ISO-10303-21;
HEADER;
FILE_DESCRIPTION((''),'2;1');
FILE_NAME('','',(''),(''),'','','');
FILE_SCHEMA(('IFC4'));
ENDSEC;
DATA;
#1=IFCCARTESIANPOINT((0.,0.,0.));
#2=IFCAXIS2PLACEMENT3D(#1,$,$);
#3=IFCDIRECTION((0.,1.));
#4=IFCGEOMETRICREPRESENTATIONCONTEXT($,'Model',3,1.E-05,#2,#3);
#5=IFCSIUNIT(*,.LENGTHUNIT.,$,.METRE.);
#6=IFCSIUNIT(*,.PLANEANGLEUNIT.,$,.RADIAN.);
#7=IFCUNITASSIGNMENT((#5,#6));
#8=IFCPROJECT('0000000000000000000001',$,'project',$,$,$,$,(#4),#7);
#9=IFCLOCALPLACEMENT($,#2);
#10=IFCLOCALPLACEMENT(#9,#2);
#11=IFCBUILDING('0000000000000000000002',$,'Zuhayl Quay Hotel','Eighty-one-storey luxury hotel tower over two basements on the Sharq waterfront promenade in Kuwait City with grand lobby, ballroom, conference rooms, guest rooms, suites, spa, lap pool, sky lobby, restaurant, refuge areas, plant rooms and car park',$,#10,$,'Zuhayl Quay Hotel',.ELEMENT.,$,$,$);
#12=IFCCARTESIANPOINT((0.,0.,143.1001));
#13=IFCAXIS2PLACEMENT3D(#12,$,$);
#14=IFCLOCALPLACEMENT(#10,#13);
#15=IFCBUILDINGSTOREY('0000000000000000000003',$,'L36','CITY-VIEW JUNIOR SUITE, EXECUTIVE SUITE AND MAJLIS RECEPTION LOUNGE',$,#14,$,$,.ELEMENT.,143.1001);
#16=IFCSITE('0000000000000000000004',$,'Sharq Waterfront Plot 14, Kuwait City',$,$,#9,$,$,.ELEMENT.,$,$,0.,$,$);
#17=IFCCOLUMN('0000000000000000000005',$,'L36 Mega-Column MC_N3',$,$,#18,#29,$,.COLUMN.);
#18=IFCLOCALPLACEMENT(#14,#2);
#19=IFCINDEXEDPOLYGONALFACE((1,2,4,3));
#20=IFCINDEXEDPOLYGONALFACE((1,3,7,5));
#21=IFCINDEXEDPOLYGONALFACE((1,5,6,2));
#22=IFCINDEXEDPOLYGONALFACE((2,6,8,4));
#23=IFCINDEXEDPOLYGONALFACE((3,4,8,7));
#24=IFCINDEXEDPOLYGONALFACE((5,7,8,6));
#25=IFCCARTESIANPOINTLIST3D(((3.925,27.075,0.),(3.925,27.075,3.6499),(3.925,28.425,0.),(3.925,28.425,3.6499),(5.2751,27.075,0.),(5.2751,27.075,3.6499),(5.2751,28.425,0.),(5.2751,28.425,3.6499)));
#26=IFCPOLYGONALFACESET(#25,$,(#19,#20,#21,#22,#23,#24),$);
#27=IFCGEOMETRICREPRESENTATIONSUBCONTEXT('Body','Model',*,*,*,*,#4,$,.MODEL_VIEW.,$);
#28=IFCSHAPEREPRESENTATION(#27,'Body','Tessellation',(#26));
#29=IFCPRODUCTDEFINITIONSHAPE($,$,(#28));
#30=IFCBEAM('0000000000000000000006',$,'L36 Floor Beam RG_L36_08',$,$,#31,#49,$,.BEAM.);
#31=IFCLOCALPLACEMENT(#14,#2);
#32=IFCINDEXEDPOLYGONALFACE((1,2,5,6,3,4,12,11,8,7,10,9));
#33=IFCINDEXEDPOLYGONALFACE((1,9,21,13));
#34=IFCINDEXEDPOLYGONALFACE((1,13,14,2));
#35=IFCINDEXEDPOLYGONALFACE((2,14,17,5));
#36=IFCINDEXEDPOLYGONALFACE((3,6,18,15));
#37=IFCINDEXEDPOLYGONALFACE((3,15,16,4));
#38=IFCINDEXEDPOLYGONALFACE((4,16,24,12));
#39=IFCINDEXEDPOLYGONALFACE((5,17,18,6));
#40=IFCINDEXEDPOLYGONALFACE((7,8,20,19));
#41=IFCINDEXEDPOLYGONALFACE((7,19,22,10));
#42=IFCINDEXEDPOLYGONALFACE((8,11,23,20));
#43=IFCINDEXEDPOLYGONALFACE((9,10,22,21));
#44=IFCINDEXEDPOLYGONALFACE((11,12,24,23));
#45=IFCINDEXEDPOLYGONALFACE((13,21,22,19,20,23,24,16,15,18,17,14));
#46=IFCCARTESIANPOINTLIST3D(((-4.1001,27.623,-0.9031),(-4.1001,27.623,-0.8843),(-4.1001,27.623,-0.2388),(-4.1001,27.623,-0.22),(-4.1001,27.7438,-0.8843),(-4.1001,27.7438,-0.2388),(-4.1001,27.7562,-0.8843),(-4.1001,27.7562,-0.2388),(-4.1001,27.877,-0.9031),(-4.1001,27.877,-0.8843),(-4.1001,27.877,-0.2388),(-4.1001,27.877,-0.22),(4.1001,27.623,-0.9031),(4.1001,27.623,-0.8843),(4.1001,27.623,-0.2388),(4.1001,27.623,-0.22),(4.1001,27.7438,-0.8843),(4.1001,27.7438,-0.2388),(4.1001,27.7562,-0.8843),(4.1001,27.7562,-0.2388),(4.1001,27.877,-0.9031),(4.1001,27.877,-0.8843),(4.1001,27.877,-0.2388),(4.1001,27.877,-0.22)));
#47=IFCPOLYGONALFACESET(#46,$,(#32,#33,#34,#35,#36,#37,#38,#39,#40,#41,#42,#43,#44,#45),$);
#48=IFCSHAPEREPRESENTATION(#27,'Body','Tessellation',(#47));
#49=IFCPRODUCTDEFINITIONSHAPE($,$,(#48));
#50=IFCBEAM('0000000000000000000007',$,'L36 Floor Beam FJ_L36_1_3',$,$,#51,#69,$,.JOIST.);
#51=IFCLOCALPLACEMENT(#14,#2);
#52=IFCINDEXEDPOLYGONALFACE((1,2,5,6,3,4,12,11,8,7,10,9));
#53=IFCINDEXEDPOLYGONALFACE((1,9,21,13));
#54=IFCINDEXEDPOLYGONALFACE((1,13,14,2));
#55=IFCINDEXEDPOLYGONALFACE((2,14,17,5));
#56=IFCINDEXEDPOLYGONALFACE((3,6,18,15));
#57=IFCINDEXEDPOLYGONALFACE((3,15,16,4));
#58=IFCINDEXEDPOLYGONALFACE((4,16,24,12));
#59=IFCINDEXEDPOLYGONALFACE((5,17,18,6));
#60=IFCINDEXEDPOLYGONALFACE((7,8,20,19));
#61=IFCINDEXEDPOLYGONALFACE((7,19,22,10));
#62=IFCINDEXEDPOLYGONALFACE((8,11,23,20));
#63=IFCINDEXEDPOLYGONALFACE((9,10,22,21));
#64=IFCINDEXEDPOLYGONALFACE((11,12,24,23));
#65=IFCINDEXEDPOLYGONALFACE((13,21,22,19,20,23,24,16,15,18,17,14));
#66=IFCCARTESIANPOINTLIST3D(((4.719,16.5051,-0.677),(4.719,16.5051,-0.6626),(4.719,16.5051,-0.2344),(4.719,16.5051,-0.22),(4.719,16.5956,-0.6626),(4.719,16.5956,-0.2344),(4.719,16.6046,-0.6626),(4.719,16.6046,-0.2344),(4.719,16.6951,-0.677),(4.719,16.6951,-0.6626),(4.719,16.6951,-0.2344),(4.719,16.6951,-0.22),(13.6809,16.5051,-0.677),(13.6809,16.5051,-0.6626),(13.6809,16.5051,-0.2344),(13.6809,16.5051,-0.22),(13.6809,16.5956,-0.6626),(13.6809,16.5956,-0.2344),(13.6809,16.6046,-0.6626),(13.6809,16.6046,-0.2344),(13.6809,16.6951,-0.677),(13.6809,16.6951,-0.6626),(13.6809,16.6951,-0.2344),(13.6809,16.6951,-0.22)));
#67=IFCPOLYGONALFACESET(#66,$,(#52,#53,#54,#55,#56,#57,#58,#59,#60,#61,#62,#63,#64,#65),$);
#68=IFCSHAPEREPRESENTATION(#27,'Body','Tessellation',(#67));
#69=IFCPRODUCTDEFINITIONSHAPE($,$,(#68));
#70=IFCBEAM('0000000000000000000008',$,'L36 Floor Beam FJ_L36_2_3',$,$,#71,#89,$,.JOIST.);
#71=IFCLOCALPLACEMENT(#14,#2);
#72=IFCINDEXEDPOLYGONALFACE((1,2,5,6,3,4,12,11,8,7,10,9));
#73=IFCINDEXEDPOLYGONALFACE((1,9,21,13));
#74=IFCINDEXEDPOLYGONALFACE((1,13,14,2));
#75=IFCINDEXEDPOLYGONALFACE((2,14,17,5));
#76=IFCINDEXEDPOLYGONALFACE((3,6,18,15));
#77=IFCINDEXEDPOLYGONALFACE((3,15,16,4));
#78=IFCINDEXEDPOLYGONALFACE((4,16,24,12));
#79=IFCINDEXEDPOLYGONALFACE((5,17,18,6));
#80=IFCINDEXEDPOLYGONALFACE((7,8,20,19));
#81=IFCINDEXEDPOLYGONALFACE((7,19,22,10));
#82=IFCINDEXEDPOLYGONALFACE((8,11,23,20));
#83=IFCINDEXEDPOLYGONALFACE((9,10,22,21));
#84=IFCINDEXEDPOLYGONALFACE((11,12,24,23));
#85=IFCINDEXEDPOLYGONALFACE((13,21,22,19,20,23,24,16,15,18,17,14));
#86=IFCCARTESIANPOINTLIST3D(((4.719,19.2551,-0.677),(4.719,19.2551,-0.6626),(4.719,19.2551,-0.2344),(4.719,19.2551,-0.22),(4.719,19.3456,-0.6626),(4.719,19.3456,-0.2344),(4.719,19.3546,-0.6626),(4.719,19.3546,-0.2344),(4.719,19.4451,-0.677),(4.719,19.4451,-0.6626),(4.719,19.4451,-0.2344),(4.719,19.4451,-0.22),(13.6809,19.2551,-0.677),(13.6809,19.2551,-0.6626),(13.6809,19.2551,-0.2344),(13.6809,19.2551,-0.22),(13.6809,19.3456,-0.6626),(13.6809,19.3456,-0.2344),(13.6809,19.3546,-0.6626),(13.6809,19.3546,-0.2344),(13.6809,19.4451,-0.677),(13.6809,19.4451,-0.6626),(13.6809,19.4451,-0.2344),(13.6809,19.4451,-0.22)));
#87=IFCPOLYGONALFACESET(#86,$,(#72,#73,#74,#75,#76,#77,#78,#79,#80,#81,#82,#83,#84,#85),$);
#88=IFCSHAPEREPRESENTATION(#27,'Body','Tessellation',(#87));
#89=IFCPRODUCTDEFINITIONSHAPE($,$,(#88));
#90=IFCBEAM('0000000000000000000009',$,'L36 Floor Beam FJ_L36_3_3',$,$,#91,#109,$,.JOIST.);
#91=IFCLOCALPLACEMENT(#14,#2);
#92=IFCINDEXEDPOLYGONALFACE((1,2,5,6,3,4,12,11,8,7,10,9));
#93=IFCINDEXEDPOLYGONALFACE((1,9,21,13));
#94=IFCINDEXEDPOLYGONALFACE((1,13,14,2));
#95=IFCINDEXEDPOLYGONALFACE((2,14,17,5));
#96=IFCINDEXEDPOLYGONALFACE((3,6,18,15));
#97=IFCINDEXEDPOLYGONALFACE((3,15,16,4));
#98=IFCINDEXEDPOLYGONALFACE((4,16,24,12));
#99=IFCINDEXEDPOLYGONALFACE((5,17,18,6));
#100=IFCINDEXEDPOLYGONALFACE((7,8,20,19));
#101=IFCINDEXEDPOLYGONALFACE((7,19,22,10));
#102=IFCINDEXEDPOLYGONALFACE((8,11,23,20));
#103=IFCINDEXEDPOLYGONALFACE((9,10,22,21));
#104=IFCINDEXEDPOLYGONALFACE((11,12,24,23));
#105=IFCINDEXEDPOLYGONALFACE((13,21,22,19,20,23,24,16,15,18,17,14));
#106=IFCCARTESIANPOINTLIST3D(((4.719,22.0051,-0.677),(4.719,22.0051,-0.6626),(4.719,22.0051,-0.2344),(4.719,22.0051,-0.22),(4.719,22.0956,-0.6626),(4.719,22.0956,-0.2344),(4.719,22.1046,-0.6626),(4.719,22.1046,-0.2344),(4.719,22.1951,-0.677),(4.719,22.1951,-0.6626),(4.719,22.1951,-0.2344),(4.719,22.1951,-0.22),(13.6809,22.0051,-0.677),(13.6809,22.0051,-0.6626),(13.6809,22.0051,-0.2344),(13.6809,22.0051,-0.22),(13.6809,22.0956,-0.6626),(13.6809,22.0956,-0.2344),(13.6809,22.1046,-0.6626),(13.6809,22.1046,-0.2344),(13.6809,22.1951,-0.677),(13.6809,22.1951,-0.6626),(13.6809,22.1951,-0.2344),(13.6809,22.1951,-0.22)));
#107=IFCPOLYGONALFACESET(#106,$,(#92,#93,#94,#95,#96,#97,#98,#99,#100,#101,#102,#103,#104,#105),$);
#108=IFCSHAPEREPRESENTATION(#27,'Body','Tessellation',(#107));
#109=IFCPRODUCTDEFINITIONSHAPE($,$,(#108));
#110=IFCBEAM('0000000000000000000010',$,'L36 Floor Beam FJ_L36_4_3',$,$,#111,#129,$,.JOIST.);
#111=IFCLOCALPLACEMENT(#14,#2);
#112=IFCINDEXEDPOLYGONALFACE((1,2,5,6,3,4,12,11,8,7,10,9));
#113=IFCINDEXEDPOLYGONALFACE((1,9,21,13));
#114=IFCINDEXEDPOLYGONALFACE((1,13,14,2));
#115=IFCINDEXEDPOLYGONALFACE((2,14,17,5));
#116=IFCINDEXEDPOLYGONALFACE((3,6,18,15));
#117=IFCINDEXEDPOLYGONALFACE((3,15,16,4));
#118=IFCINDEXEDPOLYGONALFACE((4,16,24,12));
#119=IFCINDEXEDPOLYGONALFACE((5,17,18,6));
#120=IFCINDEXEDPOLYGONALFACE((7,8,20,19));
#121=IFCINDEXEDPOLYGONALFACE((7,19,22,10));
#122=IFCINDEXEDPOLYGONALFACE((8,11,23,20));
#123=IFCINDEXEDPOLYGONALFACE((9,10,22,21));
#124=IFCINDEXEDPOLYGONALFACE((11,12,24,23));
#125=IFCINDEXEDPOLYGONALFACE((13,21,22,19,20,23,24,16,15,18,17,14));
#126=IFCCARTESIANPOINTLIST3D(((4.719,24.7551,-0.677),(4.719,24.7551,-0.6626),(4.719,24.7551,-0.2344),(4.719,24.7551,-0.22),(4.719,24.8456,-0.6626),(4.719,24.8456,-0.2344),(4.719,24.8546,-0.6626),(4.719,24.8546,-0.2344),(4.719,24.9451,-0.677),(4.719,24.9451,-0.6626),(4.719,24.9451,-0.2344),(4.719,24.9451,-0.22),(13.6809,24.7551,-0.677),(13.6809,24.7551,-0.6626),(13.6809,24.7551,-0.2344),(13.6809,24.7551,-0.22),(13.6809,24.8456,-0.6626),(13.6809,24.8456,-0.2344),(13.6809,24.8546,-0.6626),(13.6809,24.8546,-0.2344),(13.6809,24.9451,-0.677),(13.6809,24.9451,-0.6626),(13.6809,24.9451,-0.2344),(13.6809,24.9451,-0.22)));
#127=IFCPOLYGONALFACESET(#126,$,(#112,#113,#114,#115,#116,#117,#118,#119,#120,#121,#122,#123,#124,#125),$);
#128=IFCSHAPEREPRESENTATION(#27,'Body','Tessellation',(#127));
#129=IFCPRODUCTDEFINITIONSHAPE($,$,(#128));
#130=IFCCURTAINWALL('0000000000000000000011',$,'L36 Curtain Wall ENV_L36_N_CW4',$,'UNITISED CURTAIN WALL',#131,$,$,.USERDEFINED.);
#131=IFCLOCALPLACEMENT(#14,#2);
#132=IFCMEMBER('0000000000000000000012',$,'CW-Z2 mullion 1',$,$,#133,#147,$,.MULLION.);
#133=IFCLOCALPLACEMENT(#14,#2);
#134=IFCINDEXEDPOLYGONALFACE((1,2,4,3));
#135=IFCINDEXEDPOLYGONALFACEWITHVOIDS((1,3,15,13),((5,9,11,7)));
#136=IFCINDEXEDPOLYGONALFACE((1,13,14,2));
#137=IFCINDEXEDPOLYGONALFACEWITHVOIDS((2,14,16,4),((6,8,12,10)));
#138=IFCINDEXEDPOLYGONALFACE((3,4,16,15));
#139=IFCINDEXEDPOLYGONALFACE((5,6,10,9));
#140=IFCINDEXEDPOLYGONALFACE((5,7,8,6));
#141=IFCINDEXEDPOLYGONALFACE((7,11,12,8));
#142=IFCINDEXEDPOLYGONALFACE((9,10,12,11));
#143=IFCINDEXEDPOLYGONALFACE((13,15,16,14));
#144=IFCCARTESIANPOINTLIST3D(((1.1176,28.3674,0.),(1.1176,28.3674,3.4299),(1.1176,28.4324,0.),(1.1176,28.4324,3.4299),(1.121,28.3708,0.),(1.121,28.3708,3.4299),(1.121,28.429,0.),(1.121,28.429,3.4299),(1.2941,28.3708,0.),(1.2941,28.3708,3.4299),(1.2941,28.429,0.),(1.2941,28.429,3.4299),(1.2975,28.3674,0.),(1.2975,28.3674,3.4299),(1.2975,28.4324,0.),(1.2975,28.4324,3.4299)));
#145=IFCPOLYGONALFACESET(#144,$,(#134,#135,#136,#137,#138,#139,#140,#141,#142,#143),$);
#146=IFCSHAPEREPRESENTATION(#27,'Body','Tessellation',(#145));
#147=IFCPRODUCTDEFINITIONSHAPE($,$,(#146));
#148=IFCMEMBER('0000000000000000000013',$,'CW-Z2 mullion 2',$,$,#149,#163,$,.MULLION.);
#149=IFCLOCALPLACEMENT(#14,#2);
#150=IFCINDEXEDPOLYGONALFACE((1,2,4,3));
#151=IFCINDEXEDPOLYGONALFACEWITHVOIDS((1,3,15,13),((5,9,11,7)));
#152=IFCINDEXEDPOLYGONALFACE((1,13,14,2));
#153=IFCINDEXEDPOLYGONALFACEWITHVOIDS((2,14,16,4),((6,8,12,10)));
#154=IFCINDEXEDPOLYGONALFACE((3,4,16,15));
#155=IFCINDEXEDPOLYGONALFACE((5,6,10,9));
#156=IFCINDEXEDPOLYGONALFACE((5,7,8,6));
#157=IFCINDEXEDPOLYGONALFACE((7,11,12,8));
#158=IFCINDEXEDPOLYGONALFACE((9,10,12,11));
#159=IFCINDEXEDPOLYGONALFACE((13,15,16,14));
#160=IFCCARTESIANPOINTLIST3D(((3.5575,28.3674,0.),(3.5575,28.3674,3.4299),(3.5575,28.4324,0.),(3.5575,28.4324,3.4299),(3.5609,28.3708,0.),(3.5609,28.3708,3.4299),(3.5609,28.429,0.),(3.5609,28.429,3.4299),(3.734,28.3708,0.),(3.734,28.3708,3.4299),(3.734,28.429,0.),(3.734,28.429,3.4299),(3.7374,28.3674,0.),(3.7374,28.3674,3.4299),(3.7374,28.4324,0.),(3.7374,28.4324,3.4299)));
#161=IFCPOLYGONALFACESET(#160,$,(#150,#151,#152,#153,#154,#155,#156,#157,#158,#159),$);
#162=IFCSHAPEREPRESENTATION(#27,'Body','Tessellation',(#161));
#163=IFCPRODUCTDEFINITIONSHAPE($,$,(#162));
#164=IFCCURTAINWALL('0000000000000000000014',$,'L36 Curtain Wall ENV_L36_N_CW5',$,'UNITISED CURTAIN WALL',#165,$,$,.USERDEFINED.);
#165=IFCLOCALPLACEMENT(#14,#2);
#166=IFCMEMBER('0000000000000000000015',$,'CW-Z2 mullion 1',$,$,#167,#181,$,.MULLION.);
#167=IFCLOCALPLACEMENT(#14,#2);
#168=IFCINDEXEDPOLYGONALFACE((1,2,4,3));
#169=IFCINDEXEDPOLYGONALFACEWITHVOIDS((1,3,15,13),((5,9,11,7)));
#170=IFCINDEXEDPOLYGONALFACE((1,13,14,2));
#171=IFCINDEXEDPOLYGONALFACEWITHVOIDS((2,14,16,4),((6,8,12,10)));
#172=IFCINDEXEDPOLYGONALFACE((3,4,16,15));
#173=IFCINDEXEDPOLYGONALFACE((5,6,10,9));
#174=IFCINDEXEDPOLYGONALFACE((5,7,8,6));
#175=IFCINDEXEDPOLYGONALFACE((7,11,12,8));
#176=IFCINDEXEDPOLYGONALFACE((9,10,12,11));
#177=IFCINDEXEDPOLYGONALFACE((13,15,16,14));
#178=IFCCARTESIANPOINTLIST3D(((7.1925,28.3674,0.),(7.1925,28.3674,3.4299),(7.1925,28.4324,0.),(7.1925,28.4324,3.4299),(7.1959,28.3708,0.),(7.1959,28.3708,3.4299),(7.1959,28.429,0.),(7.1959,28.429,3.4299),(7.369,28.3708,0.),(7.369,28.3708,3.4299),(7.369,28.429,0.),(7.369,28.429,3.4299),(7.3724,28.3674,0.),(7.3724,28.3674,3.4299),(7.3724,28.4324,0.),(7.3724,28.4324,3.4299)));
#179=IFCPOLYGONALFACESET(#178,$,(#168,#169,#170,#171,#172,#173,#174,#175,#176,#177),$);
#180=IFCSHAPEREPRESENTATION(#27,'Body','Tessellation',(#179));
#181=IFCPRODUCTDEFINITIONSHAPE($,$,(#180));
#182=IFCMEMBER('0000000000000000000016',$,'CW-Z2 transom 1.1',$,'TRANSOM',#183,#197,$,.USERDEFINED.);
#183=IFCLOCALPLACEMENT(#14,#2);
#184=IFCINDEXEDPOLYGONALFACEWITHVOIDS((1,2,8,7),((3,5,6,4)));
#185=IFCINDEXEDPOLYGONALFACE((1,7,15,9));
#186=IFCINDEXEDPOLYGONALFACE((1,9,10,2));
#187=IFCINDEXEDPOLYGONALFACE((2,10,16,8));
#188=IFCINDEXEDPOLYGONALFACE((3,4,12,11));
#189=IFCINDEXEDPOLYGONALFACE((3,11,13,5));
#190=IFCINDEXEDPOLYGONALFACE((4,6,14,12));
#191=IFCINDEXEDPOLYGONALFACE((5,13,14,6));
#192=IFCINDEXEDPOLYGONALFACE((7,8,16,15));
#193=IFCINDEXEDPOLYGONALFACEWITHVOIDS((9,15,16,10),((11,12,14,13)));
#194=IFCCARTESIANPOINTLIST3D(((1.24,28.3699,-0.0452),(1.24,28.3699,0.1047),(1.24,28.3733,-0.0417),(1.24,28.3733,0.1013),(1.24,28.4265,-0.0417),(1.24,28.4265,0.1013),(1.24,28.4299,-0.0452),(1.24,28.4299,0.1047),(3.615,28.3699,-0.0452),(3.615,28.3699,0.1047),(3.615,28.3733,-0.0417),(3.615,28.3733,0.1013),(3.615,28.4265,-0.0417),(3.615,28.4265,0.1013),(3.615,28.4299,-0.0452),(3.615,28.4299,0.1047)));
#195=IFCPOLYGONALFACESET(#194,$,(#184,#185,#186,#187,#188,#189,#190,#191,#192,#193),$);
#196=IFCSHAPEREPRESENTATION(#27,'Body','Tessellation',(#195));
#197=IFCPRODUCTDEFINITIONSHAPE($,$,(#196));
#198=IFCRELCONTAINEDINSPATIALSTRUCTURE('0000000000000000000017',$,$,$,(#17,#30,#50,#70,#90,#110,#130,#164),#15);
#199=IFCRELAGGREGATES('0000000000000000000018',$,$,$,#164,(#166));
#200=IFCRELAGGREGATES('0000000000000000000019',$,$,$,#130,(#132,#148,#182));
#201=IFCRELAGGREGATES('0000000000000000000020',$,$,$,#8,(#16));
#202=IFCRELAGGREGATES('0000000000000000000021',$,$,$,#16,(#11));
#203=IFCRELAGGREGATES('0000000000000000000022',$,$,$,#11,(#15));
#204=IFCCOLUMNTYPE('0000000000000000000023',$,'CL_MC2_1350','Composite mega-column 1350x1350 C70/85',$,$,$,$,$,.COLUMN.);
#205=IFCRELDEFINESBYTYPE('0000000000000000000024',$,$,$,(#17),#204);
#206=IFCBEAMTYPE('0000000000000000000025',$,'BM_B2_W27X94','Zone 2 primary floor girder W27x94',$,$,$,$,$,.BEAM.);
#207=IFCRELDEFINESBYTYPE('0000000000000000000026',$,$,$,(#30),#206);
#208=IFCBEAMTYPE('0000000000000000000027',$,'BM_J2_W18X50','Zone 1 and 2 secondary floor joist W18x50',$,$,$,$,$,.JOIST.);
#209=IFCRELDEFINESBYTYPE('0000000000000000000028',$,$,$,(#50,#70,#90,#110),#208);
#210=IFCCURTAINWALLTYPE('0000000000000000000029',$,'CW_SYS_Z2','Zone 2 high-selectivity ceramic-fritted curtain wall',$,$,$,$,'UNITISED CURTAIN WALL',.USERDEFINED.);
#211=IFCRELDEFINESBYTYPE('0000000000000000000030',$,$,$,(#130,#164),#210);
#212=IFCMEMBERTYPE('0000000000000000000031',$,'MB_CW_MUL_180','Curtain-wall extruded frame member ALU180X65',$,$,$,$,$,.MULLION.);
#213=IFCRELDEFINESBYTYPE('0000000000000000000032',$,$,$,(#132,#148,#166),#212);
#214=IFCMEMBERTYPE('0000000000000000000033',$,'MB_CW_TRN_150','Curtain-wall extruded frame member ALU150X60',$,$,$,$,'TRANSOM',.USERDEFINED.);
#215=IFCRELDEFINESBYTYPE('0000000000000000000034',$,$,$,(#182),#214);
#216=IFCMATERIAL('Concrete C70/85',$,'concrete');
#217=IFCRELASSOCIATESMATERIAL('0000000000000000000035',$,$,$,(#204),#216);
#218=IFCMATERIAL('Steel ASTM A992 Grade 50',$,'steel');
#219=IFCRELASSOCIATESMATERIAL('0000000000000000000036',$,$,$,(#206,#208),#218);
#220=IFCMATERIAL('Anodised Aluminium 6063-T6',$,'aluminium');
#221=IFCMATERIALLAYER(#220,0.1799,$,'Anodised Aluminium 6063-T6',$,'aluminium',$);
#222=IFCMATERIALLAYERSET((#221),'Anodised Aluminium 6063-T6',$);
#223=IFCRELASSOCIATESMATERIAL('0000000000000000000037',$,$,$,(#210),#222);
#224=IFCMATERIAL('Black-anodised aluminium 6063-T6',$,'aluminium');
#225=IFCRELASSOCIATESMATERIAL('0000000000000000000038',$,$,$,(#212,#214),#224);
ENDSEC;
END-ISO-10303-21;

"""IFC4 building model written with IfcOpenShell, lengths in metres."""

from ifc_helpers import new_model, si_unit, direction, frame, origin, origin_2d, place, context, subcontext, project, spatial, rectangle, hollow_rectangle, i_section, extrude, material, layer, layer_set, material_profile, profile_set, type_object, element, aggregate, save


model = new_model("IFC4")

# Units and contexts
model_context = context("Model", 3, precision=1e-05, world=origin(), true_north=direction((0.0, 1.0)))
body_context = subcontext(model_context, "Body", "Model", "MODEL_VIEW")
ifc_project = project(units=[si_unit("LENGTHUNIT", "METRE"), si_unit("PLANEANGLEUNIT", "RADIAN")], contexts=[model_context])

# Site, building, storey
site_placement = place(None, origin())
site = spatial("IfcSite", under=ifc_project, at=site_placement, Name="Sharq Waterfront Plot 14, Kuwait City", CompositionType="ELEMENT", RefElevation=0.0)
building_placement = place(site_placement, origin())
building = spatial("IfcBuilding", under=site, at=building_placement, Name="Zuhayl Quay Hotel", Description="Eighty-one-storey luxury hotel tower over two basements on the Sharq waterfront promenade in Kuwait City with grand lobby, ballroom, conference rooms, guest rooms, suites, spa, lap pool, sky lobby, restaurant, refuge areas, plant rooms and car park", LongName="Zuhayl Quay Hotel", CompositionType="ELEMENT")
storey_placement = place(building_placement, frame((0.0, 0.0, 143.1001)))
storey = spatial("IfcBuildingStorey", under=building, at=storey_placement, Name="L36", Description="CITY-VIEW JUNIOR SUITE, EXECUTIVE SUITE AND MAJLIS RECEPTION LOUNGE", CompositionType="ELEMENT", Elevation=143.1001)

# Column
ifc_material_1 = material(Name="Concrete C70/85", Category="concrete")
ifc_material_profile_1 = material_profile(ifc_material_1, rectangle(XDim=1.3501, YDim=1.3501, at=origin_2d()), Name="RC1350X1350")
ifc_profile_set_1 = profile_set([ifc_material_profile_1], Name="Concrete C70/85")
column_type = type_object("IfcColumnType", Name="CL_MC2_1350", Description="Composite mega-column 1350x1350 C70/85", PredefinedType="COLUMN", material=ifc_profile_set_1)
column_placement = place(storey_placement, frame((4.6001, 27.75, 0.0), z_axis=(0.0, 0.0, 1.0), x_axis=(1.0, 0.0, 0.0)))
element("IfcColumn", 1, at=column_placement, inside=storey, type_object=column_type, Name="L36 Mega-Column MC_N3", PredefinedType="COLUMN", context=body_context, shape_type="SweptSolid", body=[
    extrude(rectangle(XDim=1.3501, YDim=1.3501, at=origin_2d()), origin(), (0.0, 0.0, 1.0), 3.6499),
])

# Beams
ifc_material_2 = material(Name="Steel ASTM A992 Grade 50", Category="steel")
ifc_material_profile_2 = material_profile(ifc_material_2, i_section(OverallWidth=0.2539, OverallDepth=0.6831, WebThickness=0.0125, FlangeThickness=0.0188, at=origin_2d()), Name="W27X94")
ifc_profile_set_2 = profile_set([ifc_material_profile_2], Name="Steel ASTM A992 Grade 50")
beam_type_1 = type_object("IfcBeamType", Name="BM_B2_W27X94", Description="Zone 2 primary floor girder W27x94", PredefinedType="BEAM", material=ifc_profile_set_2)
beam_placement = place(storey_placement, frame((4.1001, 27.75, -0.5615), z_axis=(-1.0, 0.0, 0.0), x_axis=(0.0, -1.0, 0.0)))
element("IfcBeam", 2, at=beam_placement, inside=storey, type_object=beam_type_1, Name="L36 Floor Beam RG_L36_08", PredefinedType="BEAM", context=body_context, shape_type="SweptSolid", body=[
    extrude(i_section(OverallWidth=0.2539, OverallDepth=0.6831, WebThickness=0.0125, FlangeThickness=0.0188, at=origin_2d()), origin(), (0.0, 0.0, 1.0), 8.2002),
])
ifc_material_profile_3 = material_profile(ifc_material_2, i_section(OverallWidth=0.1899, OverallDepth=0.457, WebThickness=0.009, FlangeThickness=0.0144, at=origin_2d()), Name="W18X50")
ifc_profile_set_3 = profile_set([ifc_material_profile_3], Name="Steel ASTM A992 Grade 50")
beam_type_2 = type_object("IfcBeamType", Name="BM_J2_W18X50", Description="Zone 1 and 2 secondary floor joist W18x50", PredefinedType="JOIST", material=ifc_profile_set_3)
for number, where, z_axis, x_axis, name in (
    (3, (4.719, 16.6001, -0.4485), (1.0, 0.0, 0.0), (0.0, 1.0, 0.0), "L36 Floor Beam FJ_L36_1_3"),
    (4, (4.719, 19.3501, -0.4485), (1.0, 0.0, 0.0), (0.0, 1.0, 0.0), "L36 Floor Beam FJ_L36_2_3"),
    (5, (4.719, 22.1001, -0.4485), (1.0, 0.0, 0.0), (0.0, 1.0, 0.0), "L36 Floor Beam FJ_L36_3_3"),
    (6, (4.719, 24.8501, -0.4485), (1.0, 0.0, 0.0), (0.0, 1.0, 0.0), "L36 Floor Beam FJ_L36_4_3"),
):
    element("IfcBeam", number, at=place(storey_placement, frame(where, z_axis=z_axis, x_axis=x_axis)), inside=storey, type_object=beam_type_2, Name=name, PredefinedType="JOIST", context=body_context, shape_type="SweptSolid", body=[
        extrude(i_section(OverallWidth=0.1899, OverallDepth=0.457, WebThickness=0.009, FlangeThickness=0.0144, at=origin_2d()), origin(), (0.0, 0.0, 1.0), 8.9619),
    ])

# Curtain wall, members
ifc_material_3 = material(Name="Anodised Aluminium 6063-T6", Category="aluminium")
ifc_layer_1 = layer(ifc_material_3, 0.1799, Name="Anodised Aluminium 6063-T6", Category="aluminium")
ifc_layer_set_1 = layer_set([ifc_layer_1], Name="Anodised Aluminium 6063-T6")
curtain_wall_type = type_object("IfcCurtainWallType", Name="CW_SYS_Z2", Description="Zone 2 high-selectivity ceramic-fritted curtain wall", ElementType="UNITISED CURTAIN WALL", PredefinedType="USERDEFINED", material=ifc_layer_set_1)
curtain_wall_1_placement = place(storey_placement, origin())
curtain_wall_1 = element("IfcCurtainWall", 7, at=curtain_wall_1_placement, inside=storey, type_object=curtain_wall_type, Name="L36 Curtain Wall ENV_L36_N_CW4", ObjectType="UNITISED CURTAIN WALL", PredefinedType="USERDEFINED")
ifc_material_4 = material(Name="Black-anodised aluminium 6063-T6", Category="aluminium")
ifc_material_profile_4 = material_profile(ifc_material_4, hollow_rectangle(XDim=0.0649, YDim=0.1799, WallThickness=0.0034, at=origin_2d()), Name="ALU180X65")
ifc_profile_set_4 = profile_set([ifc_material_profile_4], Name="Black-anodised aluminium 6063-T6")
member_type_1 = type_object("IfcMemberType", Name="MB_CW_MUL_180", Description="Curtain-wall extruded frame member ALU180X65", PredefinedType="MULLION", material=ifc_profile_set_4)
member_1_placement = place(storey_placement, frame((1.2075, 28.3999, 0.0), z_axis=(0.0, 0.0, 1.0), x_axis=(0.0, 1.0, 0.0)))
member_1 = element("IfcMember", 8, at=member_1_placement, type_object=member_type_1, Name="CW-Z2 mullion 1", PredefinedType="MULLION", context=body_context, shape_type="SweptSolid", body=[
    extrude(hollow_rectangle(XDim=0.0649, YDim=0.1799, WallThickness=0.0034, at=origin_2d()), origin(), (0.0, 0.0, 1.0), 3.4299),
])
member_2_placement = place(storey_placement, frame((3.6475, 28.3999, 0.0), z_axis=(0.0, 0.0, 1.0), x_axis=(0.0, 1.0, 0.0)))
member_2 = element("IfcMember", 9, at=member_2_placement, type_object=member_type_1, Name="CW-Z2 mullion 2", PredefinedType="MULLION", context=body_context, shape_type="SweptSolid", body=[
    extrude(hollow_rectangle(XDim=0.0649, YDim=0.1799, WallThickness=0.0034, at=origin_2d()), origin(), (0.0, 0.0, 1.0), 3.4299),
])

# Curtain wall, member
curtain_wall_2_placement = place(storey_placement, origin())
curtain_wall_2 = element("IfcCurtainWall", 10, at=curtain_wall_2_placement, inside=storey, type_object=curtain_wall_type, Name="L36 Curtain Wall ENV_L36_N_CW5", ObjectType="UNITISED CURTAIN WALL", PredefinedType="USERDEFINED")
member_3_placement = place(storey_placement, frame((7.2825, 28.3999, 0.0), z_axis=(0.0, 0.0, 1.0), x_axis=(0.0, 1.0, 0.0)))
member_3 = element("IfcMember", 11, at=member_3_placement, type_object=member_type_1, Name="CW-Z2 mullion 1", PredefinedType="MULLION", context=body_context, shape_type="SweptSolid", body=[
    extrude(hollow_rectangle(XDim=0.0649, YDim=0.1799, WallThickness=0.0034, at=origin_2d()), origin(), (0.0, 0.0, 1.0), 3.4299),
])

# Member
ifc_material_profile_5 = material_profile(ifc_material_4, hollow_rectangle(XDim=0.0601, YDim=0.1499, WallThickness=0.0034, at=origin_2d()), Name="ALU150X60")
ifc_profile_set_5 = profile_set([ifc_material_profile_5], Name="Black-anodised aluminium 6063-T6")
member_type_2 = type_object("IfcMemberType", Name="MB_CW_TRN_150", Description="Curtain-wall extruded frame member ALU150X60", ElementType="TRANSOM", PredefinedType="USERDEFINED", material=ifc_profile_set_5)
member_4_placement = place(storey_placement, frame((1.24, 28.3999, 0.0298), z_axis=(1.0, 0.0, 0.0), x_axis=(0.0, 1.0, 0.0)))
member_4 = element("IfcMember", 12, at=member_4_placement, type_object=member_type_2, Name="CW-Z2 transom 1.1", ObjectType="TRANSOM", PredefinedType="USERDEFINED", context=body_context, shape_type="SweptSolid", body=[
    extrude(hollow_rectangle(XDim=0.0601, YDim=0.1499, WallThickness=0.0034, at=origin_2d()), origin(), (0.0, 0.0, 1.0), 2.375),
])
aggregate(curtain_wall_2, [member_3])

aggregate(curtain_wall_1, [member_1, member_2, member_4])

save(model, "model.ifc")
